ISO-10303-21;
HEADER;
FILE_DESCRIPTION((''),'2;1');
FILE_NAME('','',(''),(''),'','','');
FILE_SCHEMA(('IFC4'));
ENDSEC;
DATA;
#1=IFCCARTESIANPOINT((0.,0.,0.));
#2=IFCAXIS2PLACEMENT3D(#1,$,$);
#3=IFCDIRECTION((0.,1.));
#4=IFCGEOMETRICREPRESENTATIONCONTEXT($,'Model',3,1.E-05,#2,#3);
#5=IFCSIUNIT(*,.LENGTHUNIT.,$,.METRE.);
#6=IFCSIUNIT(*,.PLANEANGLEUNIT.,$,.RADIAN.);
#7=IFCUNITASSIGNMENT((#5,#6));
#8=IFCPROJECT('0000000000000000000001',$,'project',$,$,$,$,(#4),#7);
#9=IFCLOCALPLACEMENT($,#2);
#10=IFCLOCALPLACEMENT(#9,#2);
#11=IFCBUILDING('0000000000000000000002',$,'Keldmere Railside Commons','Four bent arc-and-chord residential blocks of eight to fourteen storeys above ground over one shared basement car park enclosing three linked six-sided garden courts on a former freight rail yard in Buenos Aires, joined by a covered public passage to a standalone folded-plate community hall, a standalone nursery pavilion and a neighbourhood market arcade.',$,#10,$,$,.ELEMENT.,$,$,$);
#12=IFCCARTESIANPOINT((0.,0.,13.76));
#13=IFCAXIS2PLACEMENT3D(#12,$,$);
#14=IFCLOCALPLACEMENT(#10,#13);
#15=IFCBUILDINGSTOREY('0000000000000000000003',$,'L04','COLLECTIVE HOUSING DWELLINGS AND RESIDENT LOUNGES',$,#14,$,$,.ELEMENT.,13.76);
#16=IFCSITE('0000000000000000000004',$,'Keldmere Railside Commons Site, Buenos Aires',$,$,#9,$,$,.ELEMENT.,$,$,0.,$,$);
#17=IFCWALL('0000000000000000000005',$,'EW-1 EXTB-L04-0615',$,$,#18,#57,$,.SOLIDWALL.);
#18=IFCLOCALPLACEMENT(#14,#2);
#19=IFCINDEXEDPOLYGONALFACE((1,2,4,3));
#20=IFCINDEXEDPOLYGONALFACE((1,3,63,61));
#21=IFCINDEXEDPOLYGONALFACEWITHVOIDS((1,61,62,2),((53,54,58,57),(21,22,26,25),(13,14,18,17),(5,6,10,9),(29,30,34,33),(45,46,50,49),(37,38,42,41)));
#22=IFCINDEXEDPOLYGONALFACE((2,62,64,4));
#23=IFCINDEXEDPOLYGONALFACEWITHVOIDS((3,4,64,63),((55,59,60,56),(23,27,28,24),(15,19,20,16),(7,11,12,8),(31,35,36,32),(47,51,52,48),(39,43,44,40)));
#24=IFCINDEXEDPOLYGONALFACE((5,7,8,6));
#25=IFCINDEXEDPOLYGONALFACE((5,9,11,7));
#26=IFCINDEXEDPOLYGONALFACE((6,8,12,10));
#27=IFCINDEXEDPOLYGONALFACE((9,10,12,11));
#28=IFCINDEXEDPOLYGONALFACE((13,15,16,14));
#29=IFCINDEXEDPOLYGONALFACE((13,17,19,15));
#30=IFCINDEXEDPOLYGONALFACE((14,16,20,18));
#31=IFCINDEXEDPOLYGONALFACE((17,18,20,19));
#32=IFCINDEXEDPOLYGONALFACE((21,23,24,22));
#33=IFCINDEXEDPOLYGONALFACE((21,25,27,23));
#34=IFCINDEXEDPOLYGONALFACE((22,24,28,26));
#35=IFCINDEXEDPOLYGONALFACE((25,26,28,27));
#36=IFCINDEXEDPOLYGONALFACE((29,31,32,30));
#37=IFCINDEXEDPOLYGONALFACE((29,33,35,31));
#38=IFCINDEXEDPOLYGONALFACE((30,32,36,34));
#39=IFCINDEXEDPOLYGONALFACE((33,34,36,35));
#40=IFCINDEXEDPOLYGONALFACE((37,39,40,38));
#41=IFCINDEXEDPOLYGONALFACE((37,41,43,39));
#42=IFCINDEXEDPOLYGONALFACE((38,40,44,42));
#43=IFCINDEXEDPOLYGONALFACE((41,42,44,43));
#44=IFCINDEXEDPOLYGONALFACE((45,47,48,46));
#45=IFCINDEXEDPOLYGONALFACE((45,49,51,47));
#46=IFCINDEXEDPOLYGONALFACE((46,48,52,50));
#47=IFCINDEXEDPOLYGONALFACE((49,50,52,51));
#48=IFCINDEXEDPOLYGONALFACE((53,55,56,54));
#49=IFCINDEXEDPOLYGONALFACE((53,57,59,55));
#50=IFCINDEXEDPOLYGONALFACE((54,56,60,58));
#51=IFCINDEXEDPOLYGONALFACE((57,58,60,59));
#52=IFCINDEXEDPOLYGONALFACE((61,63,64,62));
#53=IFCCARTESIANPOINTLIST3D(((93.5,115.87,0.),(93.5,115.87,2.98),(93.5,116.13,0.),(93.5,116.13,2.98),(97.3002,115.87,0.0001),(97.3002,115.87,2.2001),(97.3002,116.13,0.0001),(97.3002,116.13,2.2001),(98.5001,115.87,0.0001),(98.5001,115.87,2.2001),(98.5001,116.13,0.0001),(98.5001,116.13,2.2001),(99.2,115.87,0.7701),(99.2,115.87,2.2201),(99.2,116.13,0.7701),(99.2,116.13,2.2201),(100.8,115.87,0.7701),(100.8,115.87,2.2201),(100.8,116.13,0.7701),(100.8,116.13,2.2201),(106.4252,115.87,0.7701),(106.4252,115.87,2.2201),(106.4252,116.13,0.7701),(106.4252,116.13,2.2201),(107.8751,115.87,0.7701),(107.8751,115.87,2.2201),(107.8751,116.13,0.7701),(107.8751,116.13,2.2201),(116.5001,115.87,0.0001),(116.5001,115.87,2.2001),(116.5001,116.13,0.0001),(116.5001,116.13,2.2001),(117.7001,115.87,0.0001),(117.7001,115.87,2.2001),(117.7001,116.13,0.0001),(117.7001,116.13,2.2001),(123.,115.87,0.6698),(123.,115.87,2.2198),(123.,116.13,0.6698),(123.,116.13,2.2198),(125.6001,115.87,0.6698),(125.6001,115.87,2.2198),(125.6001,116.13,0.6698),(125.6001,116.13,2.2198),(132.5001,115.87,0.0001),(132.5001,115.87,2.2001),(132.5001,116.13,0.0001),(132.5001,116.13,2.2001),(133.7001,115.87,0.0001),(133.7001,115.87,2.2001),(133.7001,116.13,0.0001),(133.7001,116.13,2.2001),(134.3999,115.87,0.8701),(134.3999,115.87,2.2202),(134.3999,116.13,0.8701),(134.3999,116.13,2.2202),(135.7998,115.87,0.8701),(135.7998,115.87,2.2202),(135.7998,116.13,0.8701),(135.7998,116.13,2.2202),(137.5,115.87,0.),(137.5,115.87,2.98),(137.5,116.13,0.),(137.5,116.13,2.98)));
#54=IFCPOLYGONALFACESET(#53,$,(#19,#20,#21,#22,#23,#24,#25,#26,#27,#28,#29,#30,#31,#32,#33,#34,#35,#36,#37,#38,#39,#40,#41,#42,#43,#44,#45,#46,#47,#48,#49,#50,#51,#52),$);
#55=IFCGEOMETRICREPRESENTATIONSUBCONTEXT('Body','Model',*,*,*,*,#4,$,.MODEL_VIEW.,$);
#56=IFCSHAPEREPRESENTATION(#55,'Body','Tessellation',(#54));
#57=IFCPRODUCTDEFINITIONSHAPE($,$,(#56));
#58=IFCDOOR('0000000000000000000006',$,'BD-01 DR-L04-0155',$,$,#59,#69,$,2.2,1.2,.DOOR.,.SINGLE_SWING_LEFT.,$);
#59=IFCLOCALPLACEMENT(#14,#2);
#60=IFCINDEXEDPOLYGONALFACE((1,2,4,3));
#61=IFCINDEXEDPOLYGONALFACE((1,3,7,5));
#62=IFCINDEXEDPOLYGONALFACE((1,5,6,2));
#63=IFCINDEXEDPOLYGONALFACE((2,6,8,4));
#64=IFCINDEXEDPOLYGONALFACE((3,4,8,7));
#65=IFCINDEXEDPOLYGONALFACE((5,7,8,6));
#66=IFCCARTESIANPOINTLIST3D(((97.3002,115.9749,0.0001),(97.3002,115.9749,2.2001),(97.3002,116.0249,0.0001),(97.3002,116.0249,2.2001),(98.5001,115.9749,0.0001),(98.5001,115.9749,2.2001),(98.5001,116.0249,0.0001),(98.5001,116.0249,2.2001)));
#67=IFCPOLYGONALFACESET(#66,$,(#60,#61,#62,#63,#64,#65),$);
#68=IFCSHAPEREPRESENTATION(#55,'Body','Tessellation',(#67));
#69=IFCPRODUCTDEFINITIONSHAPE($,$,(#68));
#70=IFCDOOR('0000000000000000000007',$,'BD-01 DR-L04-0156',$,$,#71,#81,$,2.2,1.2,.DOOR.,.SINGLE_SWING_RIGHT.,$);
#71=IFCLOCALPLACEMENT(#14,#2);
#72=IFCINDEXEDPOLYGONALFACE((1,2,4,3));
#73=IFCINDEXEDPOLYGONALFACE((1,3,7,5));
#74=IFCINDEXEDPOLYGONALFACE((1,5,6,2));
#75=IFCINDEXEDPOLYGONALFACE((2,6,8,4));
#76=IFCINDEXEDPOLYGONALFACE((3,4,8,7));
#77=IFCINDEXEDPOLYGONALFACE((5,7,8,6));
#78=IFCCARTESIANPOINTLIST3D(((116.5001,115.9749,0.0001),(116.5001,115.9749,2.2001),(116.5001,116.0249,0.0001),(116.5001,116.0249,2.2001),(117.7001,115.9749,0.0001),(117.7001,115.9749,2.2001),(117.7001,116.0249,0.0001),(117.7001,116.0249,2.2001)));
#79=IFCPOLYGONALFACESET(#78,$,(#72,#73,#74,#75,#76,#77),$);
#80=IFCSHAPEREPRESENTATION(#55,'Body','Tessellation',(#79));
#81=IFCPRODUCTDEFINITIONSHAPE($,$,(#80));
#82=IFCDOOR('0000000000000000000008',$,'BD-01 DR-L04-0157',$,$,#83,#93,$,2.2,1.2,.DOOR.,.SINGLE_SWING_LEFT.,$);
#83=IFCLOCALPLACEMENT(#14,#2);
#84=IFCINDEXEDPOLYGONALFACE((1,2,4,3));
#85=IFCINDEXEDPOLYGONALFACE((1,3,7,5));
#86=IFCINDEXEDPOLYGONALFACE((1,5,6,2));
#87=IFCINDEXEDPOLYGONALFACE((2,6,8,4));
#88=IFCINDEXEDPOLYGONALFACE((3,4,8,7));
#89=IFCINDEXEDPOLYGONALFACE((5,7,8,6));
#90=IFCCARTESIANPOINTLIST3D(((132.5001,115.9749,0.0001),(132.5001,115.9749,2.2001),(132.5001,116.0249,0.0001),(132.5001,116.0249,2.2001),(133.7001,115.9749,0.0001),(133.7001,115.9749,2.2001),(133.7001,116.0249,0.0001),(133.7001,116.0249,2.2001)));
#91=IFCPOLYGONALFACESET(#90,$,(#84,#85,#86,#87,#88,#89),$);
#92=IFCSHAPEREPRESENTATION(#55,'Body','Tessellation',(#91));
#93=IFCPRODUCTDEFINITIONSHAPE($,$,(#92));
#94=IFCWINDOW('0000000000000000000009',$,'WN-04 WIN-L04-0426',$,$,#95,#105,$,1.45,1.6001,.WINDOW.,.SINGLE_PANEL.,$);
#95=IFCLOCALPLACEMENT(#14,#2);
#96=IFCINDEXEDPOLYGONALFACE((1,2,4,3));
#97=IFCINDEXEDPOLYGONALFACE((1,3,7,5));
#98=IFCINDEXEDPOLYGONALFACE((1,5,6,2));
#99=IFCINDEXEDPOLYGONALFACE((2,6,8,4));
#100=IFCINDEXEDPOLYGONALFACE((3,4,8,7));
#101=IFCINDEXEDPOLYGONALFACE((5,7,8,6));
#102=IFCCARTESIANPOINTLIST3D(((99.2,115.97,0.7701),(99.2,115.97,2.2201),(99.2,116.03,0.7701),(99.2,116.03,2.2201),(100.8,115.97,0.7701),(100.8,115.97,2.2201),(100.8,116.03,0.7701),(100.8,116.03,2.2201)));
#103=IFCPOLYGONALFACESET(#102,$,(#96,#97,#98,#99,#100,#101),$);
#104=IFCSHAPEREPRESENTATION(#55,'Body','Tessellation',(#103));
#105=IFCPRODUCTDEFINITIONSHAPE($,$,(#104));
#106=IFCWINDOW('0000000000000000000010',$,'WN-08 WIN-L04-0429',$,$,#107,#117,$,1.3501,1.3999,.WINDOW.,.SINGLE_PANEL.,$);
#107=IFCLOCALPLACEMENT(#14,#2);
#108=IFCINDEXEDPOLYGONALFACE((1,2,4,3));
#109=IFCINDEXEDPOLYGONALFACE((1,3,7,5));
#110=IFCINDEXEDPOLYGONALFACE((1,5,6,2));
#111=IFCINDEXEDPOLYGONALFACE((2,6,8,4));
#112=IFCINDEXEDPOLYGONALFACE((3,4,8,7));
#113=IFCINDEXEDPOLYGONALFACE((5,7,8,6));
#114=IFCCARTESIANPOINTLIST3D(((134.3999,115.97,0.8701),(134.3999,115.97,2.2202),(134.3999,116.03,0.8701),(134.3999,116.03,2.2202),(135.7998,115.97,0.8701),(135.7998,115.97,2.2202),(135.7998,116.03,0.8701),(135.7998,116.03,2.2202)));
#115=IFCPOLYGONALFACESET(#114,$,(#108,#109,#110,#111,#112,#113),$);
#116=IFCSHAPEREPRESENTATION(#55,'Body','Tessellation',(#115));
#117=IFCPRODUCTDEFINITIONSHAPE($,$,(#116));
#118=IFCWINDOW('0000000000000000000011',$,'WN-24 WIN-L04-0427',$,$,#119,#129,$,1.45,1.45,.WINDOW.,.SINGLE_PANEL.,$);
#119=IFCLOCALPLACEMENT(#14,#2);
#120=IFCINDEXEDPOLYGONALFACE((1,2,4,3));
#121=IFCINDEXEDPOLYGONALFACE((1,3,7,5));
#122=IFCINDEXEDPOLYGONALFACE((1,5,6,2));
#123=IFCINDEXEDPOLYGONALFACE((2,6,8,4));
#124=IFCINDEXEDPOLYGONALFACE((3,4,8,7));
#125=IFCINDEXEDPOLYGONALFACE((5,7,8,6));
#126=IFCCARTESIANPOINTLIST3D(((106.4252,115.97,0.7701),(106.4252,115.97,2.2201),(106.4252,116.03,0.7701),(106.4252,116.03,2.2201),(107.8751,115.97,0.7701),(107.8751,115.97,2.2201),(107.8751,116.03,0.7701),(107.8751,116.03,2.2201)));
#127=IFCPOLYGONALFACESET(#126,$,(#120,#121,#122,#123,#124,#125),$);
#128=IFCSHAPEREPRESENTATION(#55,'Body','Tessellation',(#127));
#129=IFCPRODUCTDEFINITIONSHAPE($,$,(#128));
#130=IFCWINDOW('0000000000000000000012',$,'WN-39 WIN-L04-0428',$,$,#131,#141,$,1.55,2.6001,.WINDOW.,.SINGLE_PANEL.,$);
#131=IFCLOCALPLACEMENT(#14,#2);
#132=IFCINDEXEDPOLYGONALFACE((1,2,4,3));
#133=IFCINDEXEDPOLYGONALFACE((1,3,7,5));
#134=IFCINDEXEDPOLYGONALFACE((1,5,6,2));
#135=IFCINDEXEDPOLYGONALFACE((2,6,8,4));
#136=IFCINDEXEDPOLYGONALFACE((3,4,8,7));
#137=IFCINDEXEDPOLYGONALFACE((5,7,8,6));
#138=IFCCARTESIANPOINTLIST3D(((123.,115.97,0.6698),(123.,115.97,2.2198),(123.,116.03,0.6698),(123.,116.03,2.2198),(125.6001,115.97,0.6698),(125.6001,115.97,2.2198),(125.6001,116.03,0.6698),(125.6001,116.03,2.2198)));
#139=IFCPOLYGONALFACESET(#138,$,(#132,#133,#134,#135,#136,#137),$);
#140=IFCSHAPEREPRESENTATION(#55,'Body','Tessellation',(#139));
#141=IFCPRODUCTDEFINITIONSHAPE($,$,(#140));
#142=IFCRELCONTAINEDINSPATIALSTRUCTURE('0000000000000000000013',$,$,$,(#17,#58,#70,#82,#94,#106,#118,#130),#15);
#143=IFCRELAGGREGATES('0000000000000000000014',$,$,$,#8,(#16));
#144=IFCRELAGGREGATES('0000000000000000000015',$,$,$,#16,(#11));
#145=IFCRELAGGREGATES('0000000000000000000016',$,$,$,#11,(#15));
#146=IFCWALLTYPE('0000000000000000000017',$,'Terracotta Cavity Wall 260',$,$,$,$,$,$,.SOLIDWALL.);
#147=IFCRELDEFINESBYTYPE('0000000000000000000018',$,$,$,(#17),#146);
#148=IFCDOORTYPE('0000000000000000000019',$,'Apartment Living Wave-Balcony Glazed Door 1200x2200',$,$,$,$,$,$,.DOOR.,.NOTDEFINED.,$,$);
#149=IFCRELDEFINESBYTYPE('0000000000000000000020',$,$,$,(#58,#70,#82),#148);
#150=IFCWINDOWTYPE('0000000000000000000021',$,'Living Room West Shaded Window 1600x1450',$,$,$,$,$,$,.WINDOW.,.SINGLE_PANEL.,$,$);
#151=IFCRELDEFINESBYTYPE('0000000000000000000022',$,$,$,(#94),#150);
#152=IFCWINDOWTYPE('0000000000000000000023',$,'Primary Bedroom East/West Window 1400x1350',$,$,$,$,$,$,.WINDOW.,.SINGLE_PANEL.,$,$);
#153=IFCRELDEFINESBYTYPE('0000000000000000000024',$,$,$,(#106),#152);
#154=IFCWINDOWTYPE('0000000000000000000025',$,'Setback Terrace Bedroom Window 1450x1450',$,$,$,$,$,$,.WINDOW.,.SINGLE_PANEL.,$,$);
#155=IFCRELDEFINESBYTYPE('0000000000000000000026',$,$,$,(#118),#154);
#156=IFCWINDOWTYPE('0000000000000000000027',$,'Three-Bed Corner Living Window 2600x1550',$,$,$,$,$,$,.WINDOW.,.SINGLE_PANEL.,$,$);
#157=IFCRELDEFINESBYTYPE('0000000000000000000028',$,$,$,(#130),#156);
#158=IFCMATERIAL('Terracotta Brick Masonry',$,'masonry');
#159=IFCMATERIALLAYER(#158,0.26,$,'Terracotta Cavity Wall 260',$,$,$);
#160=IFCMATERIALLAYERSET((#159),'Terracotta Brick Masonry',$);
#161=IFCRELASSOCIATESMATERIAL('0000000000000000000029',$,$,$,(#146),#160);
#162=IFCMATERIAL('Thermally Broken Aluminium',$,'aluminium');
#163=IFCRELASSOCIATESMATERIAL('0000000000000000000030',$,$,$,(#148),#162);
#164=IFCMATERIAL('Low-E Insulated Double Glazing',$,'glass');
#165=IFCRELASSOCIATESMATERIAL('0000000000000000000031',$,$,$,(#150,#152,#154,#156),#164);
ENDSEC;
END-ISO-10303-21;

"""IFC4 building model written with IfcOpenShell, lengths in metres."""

from ifc_helpers import new_model, si_unit, direction, frame, frame_2d, origin, place, context, subcontext, project, spatial, rectangle, extrude, material, layer, layer_set, type_object, element, fill, save


model = new_model("IFC4")

# Units and contexts
model_context = context("Model", 3, precision=1e-05, world=origin(), true_north=direction((0.0, 1.0)))
body_context = subcontext(model_context, "Body", "Model", "MODEL_VIEW")
ifc_project = project(units=[si_unit("LENGTHUNIT", "METRE"), si_unit("PLANEANGLEUNIT", "RADIAN")], contexts=[model_context])

# Site, building, storey
site_placement = place(None, origin())
site = spatial("IfcSite", under=ifc_project, at=site_placement, Name="Keldmere Railside Commons Site, Buenos Aires", CompositionType="ELEMENT", RefElevation=0.0)
building_placement = place(site_placement, origin())
building = spatial("IfcBuilding", under=site, at=building_placement, Name="Keldmere Railside Commons", Description="Four bent arc-and-chord residential blocks of eight to fourteen storeys above ground over one shared basement car park enclosing three linked six-sided garden courts on a former freight rail yard in Buenos Aires, joined by a covered public passage to a standalone folded-plate community hall, a standalone nursery pavilion and a neighbourhood market arcade.", CompositionType="ELEMENT")
storey_placement = place(building_placement, frame((0.0, 0.0, 13.76)))
storey = spatial("IfcBuildingStorey", under=building, at=storey_placement, Name="L04", Description="COLLECTIVE HOUSING DWELLINGS AND RESIDENT LOUNGES", CompositionType="ELEMENT", Elevation=13.76)

# Wall, openings, doors, windows
ifc_material_1 = material(Name="Terracotta Brick Masonry", Category="masonry")
ifc_layer_1 = layer(ifc_material_1, 0.26, Name="Terracotta Cavity Wall 260")
ifc_layer_set_1 = layer_set([ifc_layer_1], Name="Terracotta Brick Masonry")
wall_type_1 = type_object("IfcWallType", Name="Terracotta Cavity Wall 260", PredefinedType="SOLIDWALL", material=ifc_layer_set_1)
wall_1_placement = place(storey_placement, frame((93.5, 116.0, 0.0), z_axis=(0.0, 0.0, 1.0), x_axis=(1.0, 0.0, 0.0)))
wall_1 = element("IfcWall", 1, at=wall_1_placement, inside=storey, type_object=wall_type_1, Name="EW-1 EXTB-L04-0615", PredefinedType="SOLIDWALL", context=body_context, shape_type="SweptSolid", body=[
    extrude(rectangle(XDim=44.0, YDim=0.26, at=frame_2d((22.0, 0.0))), origin(), (0.0, 0.0, 1.0), 2.98),
])
opening_1_placement = place(wall_1_placement, frame((3.8, 0.0, 0.0)))
opening_1 = element("IfcOpeningElement", 2, at=opening_1_placement, cuts=wall_1, PredefinedType="OPENING", context=body_context, shape_type="SweptSolid", body=[
    extrude(rectangle(XDim=1.2, YDim=2.2, at=frame_2d((0.6001, 1.1001))), frame((0.0, 0.1399, 0.0), z_axis=(0.0, -1.0, 0.0), x_axis=(1.0, 0.0, 0.0)), (0.0, 0.0, 1.0), 0.28),
])
opening_2_placement = place(wall_1_placement, frame((5.7, 0.0, 0.77)))
opening_2 = element("IfcOpeningElement", 3, at=opening_2_placement, cuts=wall_1, PredefinedType="OPENING", context=body_context, shape_type="SweptSolid", body=[
    extrude(rectangle(XDim=1.6001, YDim=1.45, at=frame_2d((0.8, 0.7251))), frame((0.0, 0.1399, 0.0), z_axis=(0.0, -1.0, 0.0), x_axis=(1.0, 0.0, 0.0)), (0.0, 0.0, 1.0), 0.28),
])
opening_3_placement = place(wall_1_placement, frame((12.925, 0.0, 0.77)))
opening_3 = element("IfcOpeningElement", 4, at=opening_3_placement, cuts=wall_1, PredefinedType="OPENING", context=body_context, shape_type="SweptSolid", body=[
    extrude(rectangle(XDim=1.45, YDim=1.45, at=frame_2d((0.7251, 0.7251))), frame((0.0, 0.1399, 0.0), z_axis=(0.0, -1.0, 0.0), x_axis=(1.0, 0.0, 0.0)), (0.0, 0.0, 1.0), 0.28),
])
opening_4_placement = place(wall_1_placement, frame((23.0, 0.0, 0.0)))
opening_4 = element("IfcOpeningElement", 5, at=opening_4_placement, cuts=wall_1, PredefinedType="OPENING", context=body_context, shape_type="SweptSolid", body=[
    extrude(rectangle(XDim=1.2, YDim=2.2, at=frame_2d((0.6001, 1.1001))), frame((0.0, 0.1399, 0.0), z_axis=(0.0, -1.0, 0.0), x_axis=(1.0, 0.0, 0.0)), (0.0, 0.0, 1.0), 0.28),
])
opening_5_placement = place(wall_1_placement, frame((29.5, 0.0, 0.6699)))
opening_5 = element("IfcOpeningElement", 6, at=opening_5_placement, cuts=wall_1, PredefinedType="OPENING", context=body_context, shape_type="SweptSolid", body=[
    extrude(rectangle(XDim=2.6001, YDim=1.55, at=frame_2d((1.3, 0.7749))), frame((0.0, 0.1399, 0.0), z_axis=(0.0, -1.0, 0.0), x_axis=(1.0, 0.0, 0.0)), (0.0, 0.0, 1.0), 0.28),
])
opening_6_placement = place(wall_1_placement, frame((39.0, 0.0, 0.0)))
opening_6 = element("IfcOpeningElement", 7, at=opening_6_placement, cuts=wall_1, PredefinedType="OPENING", context=body_context, shape_type="SweptSolid", body=[
    extrude(rectangle(XDim=1.2, YDim=2.2, at=frame_2d((0.6001, 1.1001))), frame((0.0, 0.1399, 0.0), z_axis=(0.0, -1.0, 0.0), x_axis=(1.0, 0.0, 0.0)), (0.0, 0.0, 1.0), 0.28),
])
opening_7_placement = place(wall_1_placement, frame((40.8999, 0.0, 0.8701)))
opening_7 = element("IfcOpeningElement", 8, at=opening_7_placement, cuts=wall_1, PredefinedType="OPENING", context=body_context, shape_type="SweptSolid", body=[
    extrude(rectangle(XDim=1.3999, YDim=1.3501, at=frame_2d((0.7, 0.675))), frame((0.0, 0.1399, 0.0), z_axis=(0.0, -1.0, 0.0), x_axis=(1.0, 0.0, 0.0)), (0.0, 0.0, 1.0), 0.28),
])
ifc_material_2 = material(Name="Thermally Broken Aluminium", Category="aluminium")
door_type = type_object("IfcDoorType", Name="Apartment Living Wave-Balcony Glazed Door 1200x2200", OperationType="NOTDEFINED", PredefinedType="DOOR", material=ifc_material_2)
door_1_placement = place(opening_1_placement, origin())
door_1 = element("IfcDoor", 9, at=door_1_placement, inside=storey, type_object=door_type, Name="BD-01 DR-L04-0155", OperationType="SINGLE_SWING_LEFT", OverallHeight=2.2, OverallWidth=1.2, PredefinedType="DOOR", context=body_context, shape_type="SweptSolid", body=[
    extrude(rectangle(XDim=1.2, YDim=2.2, at=frame_2d((0.6001, 1.1001))), frame((0.0, 0.0249, 0.0), z_axis=(0.0, -1.0, 0.0), x_axis=(1.0, 0.0, 0.0)), (0.0, 0.0, 1.0), 0.05),
])
fill(opening_1, door_1)
door_2_placement = place(opening_4_placement, origin())
door_2 = element("IfcDoor", 10, at=door_2_placement, inside=storey, type_object=door_type, Name="BD-01 DR-L04-0156", OperationType="SINGLE_SWING_RIGHT", OverallHeight=2.2, OverallWidth=1.2, PredefinedType="DOOR", context=body_context, shape_type="SweptSolid", body=[
    extrude(rectangle(XDim=1.2, YDim=2.2, at=frame_2d((0.6001, 1.1001))), frame((0.0, 0.0249, 0.0), z_axis=(0.0, -1.0, 0.0), x_axis=(1.0, 0.0, 0.0)), (0.0, 0.0, 1.0), 0.05),
])
fill(opening_4, door_2)
door_3_placement = place(opening_6_placement, origin())
door_3 = element("IfcDoor", 11, at=door_3_placement, inside=storey, type_object=door_type, Name="BD-01 DR-L04-0157", OperationType="SINGLE_SWING_LEFT", OverallHeight=2.2, OverallWidth=1.2, PredefinedType="DOOR", context=body_context, shape_type="SweptSolid", body=[
    extrude(rectangle(XDim=1.2, YDim=2.2, at=frame_2d((0.6001, 1.1001))), frame((0.0, 0.0249, 0.0), z_axis=(0.0, -1.0, 0.0), x_axis=(1.0, 0.0, 0.0)), (0.0, 0.0, 1.0), 0.05),
])
fill(opening_6, door_3)
ifc_material_3 = material(Name="Low-E Insulated Double Glazing", Category="glass")
window_type_1 = type_object("IfcWindowType", Name="Living Room West Shaded Window 1600x1450", PartitioningType="SINGLE_PANEL", PredefinedType="WINDOW", material=ifc_material_3)
window_1_placement = place(opening_2_placement, origin())
window_1 = element("IfcWindow", 12, at=window_1_placement, inside=storey, type_object=window_type_1, Name="WN-04 WIN-L04-0426", OverallHeight=1.45, OverallWidth=1.6001, PartitioningType="SINGLE_PANEL", PredefinedType="WINDOW", context=body_context, shape_type="SweptSolid", body=[
    extrude(rectangle(XDim=1.6001, YDim=1.45, at=frame_2d((0.8, 0.7251))), frame((0.0, 0.03, 0.0), z_axis=(0.0, -1.0, 0.0), x_axis=(1.0, 0.0, 0.0)), (0.0, 0.0, 1.0), 0.0601),
])
fill(opening_2, window_1)
window_type_2 = type_object("IfcWindowType", Name="Primary Bedroom East/West Window 1400x1350", PartitioningType="SINGLE_PANEL", PredefinedType="WINDOW", material=ifc_material_3)
window_2_placement = place(opening_7_placement, origin())
window_2 = element("IfcWindow", 13, at=window_2_placement, inside=storey, type_object=window_type_2, Name="WN-08 WIN-L04-0429", OverallHeight=1.3501, OverallWidth=1.3999, PartitioningType="SINGLE_PANEL", PredefinedType="WINDOW", context=body_context, shape_type="SweptSolid", body=[
    extrude(rectangle(XDim=1.3999, YDim=1.3501, at=frame_2d((0.7, 0.675))), frame((0.0, 0.03, 0.0), z_axis=(0.0, -1.0, 0.0), x_axis=(1.0, 0.0, 0.0)), (0.0, 0.0, 1.0), 0.0601),
])
fill(opening_7, window_2)
window_type_3 = type_object("IfcWindowType", Name="Setback Terrace Bedroom Window 1450x1450", PartitioningType="SINGLE_PANEL", PredefinedType="WINDOW", material=ifc_material_3)
window_3_placement = place(opening_3_placement, origin())
window_3 = element("IfcWindow", 14, at=window_3_placement, inside=storey, type_object=window_type_3, Name="WN-24 WIN-L04-0427", OverallHeight=1.45, OverallWidth=1.45, PartitioningType="SINGLE_PANEL", PredefinedType="WINDOW", context=body_context, shape_type="SweptSolid", body=[
    extrude(rectangle(XDim=1.45, YDim=1.45, at=frame_2d((0.7251, 0.7251))), frame((0.0, 0.03, 0.0), z_axis=(0.0, -1.0, 0.0), x_axis=(1.0, 0.0, 0.0)), (0.0, 0.0, 1.0), 0.0601),
])
fill(opening_3, window_3)
window_type_4 = type_object("IfcWindowType", Name="Three-Bed Corner Living Window 2600x1550", PartitioningType="SINGLE_PANEL", PredefinedType="WINDOW", material=ifc_material_3)
window_4_placement = place(opening_5_placement, origin())
window_4 = element("IfcWindow", 15, at=window_4_placement, inside=storey, type_object=window_type_4, Name="WN-39 WIN-L04-0428", OverallHeight=1.55, OverallWidth=2.6001, PartitioningType="SINGLE_PANEL", PredefinedType="WINDOW", context=body_context, shape_type="SweptSolid", body=[
    extrude(rectangle(XDim=2.6001, YDim=1.55, at=frame_2d((1.3, 0.7749))), frame((0.0, 0.03, 0.0), z_axis=(0.0, -1.0, 0.0), x_axis=(1.0, 0.0, 0.0)), (0.0, 0.0, 1.0), 0.0601),
])
fill(opening_5, window_4)

save(model, "model.ifc")
